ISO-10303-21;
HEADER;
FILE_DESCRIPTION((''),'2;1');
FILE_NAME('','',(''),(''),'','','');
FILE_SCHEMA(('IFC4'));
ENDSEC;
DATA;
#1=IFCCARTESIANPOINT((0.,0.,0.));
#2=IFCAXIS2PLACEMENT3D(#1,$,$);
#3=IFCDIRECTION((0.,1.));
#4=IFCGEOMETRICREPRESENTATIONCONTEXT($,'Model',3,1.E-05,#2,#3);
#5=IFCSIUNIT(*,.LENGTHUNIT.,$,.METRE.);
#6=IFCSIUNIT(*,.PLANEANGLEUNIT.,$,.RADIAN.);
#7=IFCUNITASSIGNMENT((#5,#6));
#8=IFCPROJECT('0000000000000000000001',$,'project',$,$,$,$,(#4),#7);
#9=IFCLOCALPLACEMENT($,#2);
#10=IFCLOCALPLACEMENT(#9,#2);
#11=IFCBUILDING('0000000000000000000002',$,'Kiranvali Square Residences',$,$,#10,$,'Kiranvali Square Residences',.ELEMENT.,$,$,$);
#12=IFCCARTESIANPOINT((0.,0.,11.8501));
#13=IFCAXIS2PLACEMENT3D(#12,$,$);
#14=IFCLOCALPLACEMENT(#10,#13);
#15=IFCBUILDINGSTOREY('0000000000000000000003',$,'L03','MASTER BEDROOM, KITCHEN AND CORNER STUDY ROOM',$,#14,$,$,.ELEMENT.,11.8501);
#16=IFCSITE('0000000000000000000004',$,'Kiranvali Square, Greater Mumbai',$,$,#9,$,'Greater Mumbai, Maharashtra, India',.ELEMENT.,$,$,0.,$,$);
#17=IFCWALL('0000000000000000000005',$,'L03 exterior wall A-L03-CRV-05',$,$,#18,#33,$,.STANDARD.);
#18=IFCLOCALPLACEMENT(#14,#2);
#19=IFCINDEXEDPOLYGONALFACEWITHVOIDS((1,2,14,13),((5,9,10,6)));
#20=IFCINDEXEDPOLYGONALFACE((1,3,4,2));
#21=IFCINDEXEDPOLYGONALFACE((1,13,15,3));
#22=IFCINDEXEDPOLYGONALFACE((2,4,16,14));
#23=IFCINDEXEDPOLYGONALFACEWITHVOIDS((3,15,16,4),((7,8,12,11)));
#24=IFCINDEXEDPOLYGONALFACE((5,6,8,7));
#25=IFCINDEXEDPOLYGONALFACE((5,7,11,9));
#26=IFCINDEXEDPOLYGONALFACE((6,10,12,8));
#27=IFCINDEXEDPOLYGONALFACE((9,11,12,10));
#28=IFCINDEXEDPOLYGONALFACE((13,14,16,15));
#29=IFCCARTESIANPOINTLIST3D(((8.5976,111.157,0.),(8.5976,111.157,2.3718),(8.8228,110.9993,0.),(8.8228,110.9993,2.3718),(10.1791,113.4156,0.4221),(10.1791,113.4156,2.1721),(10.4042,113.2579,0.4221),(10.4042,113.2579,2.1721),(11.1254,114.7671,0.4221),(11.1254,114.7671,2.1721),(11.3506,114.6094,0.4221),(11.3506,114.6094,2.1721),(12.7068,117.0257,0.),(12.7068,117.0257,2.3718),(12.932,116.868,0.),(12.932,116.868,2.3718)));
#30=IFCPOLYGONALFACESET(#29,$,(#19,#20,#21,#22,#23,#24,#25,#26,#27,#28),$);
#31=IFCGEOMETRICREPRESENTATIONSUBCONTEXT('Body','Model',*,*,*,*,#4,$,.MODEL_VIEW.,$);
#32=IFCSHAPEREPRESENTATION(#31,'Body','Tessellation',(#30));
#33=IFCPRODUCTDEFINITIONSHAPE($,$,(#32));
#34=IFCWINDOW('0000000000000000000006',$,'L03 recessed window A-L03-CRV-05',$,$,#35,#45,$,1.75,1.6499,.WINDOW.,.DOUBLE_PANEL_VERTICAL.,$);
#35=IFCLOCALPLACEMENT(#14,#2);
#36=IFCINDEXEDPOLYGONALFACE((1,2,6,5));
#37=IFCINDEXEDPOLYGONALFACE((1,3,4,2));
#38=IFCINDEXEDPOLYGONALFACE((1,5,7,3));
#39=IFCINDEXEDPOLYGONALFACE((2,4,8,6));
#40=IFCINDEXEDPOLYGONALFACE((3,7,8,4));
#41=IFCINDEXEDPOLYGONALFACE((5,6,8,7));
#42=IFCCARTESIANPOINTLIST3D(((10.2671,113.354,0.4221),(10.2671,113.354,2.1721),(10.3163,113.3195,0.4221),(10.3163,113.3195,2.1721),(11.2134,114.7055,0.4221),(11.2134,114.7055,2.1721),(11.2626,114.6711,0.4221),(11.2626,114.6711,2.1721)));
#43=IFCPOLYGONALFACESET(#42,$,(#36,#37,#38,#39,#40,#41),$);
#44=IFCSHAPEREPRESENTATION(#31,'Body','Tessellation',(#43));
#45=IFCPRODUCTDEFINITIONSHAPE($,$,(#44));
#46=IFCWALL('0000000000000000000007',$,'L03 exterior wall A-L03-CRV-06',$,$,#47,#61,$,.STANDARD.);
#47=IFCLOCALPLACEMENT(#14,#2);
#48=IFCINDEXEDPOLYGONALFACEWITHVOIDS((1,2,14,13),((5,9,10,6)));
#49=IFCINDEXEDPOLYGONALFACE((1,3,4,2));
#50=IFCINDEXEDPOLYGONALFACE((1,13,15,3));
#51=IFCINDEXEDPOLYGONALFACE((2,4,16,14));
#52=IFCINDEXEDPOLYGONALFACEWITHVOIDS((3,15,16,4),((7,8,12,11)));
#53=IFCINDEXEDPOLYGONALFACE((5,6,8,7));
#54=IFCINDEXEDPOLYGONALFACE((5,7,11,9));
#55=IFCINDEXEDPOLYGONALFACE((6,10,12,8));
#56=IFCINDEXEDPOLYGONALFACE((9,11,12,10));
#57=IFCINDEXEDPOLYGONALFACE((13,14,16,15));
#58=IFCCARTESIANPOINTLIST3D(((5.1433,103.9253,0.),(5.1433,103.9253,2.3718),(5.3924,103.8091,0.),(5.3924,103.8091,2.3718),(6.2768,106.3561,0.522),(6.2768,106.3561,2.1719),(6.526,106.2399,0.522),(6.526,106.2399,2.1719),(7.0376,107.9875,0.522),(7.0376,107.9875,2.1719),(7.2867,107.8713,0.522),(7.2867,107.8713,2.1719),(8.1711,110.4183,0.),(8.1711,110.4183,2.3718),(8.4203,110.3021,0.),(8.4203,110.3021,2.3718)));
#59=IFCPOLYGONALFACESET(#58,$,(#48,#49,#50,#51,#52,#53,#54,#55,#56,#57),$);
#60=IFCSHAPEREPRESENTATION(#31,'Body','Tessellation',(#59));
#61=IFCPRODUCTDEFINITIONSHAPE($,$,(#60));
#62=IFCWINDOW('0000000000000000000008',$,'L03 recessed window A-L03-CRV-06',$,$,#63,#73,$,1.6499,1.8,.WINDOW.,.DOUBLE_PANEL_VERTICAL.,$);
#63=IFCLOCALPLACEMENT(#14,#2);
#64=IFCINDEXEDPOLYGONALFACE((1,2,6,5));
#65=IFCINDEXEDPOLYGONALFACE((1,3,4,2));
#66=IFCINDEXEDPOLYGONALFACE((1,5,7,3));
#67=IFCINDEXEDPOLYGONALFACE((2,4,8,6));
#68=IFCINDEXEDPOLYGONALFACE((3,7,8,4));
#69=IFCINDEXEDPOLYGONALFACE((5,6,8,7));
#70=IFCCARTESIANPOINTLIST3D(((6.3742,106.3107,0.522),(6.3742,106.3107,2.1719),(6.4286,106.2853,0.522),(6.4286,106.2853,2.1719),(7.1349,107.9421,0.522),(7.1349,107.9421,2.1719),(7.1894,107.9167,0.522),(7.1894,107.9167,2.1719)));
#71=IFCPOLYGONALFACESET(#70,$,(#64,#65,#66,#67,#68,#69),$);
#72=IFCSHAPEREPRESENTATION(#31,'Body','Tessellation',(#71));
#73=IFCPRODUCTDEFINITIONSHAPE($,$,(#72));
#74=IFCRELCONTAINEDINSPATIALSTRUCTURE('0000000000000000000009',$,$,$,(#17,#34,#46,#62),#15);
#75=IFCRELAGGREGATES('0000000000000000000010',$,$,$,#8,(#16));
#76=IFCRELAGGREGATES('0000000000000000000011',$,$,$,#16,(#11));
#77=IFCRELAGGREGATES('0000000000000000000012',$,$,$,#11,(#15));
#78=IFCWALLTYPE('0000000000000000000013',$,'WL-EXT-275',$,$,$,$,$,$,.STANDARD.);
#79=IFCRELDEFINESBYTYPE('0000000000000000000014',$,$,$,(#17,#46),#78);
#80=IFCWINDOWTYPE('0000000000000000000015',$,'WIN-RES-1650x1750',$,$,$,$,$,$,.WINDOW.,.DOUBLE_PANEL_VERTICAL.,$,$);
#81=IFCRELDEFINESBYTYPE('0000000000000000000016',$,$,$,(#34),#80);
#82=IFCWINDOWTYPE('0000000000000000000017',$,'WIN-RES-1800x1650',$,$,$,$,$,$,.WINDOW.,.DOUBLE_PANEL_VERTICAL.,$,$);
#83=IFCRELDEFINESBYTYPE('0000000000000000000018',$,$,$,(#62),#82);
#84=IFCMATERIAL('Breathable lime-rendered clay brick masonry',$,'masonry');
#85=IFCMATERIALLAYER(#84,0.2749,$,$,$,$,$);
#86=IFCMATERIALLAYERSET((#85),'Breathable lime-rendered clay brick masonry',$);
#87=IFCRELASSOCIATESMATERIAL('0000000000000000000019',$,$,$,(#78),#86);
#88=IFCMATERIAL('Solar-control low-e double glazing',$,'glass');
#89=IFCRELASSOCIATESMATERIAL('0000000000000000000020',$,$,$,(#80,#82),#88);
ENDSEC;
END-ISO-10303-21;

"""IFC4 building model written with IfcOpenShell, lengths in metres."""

from ifc_helpers import new_model, si_unit, direction, frame, frame_2d, origin, place, context, subcontext, project, spatial, rectangle, extrude, material, layer, layer_set, type_object, element, fill, save


model = new_model("IFC4")

# Units and contexts
model_context = context("Model", 3, precision=1e-05, world=origin(), true_north=direction((0.0, 1.0)))
body_context = subcontext(model_context, "Body", "Model", "MODEL_VIEW")
ifc_project = project(units=[si_unit("LENGTHUNIT", "METRE"), si_unit("PLANEANGLEUNIT", "RADIAN")], contexts=[model_context])

# Site, building, storey
site_placement = place(None, origin())
site = spatial("IfcSite", under=ifc_project, at=site_placement, Name="Kiranvali Square, Greater Mumbai", LongName="Greater Mumbai, Maharashtra, India", CompositionType="ELEMENT", RefElevation=0.0)
building_placement = place(site_placement, origin())
building = spatial("IfcBuilding", under=site, at=building_placement, Name="Kiranvali Square Residences", LongName="Kiranvali Square Residences", CompositionType="ELEMENT")
storey_placement = place(building_placement, frame((0.0, 0.0, 11.8501)))
storey = spatial("IfcBuildingStorey", under=building, at=storey_placement, Name="L03", Description="MASTER BEDROOM, KITCHEN AND CORNER STUDY ROOM", CompositionType="ELEMENT", Elevation=11.8501)

# Shared definitions
ifc_material_1 = material(Name="Breathable lime-rendered clay brick masonry", Category="masonry")
ifc_layer = layer(ifc_material_1, 0.2749)
ifc_layer_set = layer_set([ifc_layer], Name="Breathable lime-rendered clay brick masonry")
wall_type = type_object("IfcWallType", Name="WL-EXT-275", PredefinedType="STANDARD", material=ifc_layer_set)
ifc_material_2 = material(Name="Solar-control low-e double glazing", Category="glass")

# Walls, openings, windows
wall_1_placement = place(storey_placement, frame((12.8193, 116.9468, 0.0), z_axis=(0.0, 0.0, 1.0), x_axis=(-0.573563, -0.819161, 0.0)))
wall_1 = element("IfcWall", 1, at=wall_1_placement, inside=storey, type_object=wall_type, Name="L03 exterior wall A-L03-CRV-05", PredefinedType="STANDARD", context=body_context, shape_type="SweptSolid", body=[
    extrude(rectangle(XDim=7.1643, YDim=0.2749, at=frame_2d((3.582, 0.0))), origin(), (0.0, 0.0, 1.0), 2.3718),
])
opening_1_placement = place(wall_1_placement, frame((2.7571, 0.0, 0.4221)))
opening_1 = element("IfcOpeningElement", 2, at=opening_1_placement, cuts=wall_1, PredefinedType="OPENING", context=body_context, shape_type="SweptSolid", body=[
    extrude(rectangle(XDim=1.6499, YDim=1.75, at=frame_2d((0.825, 0.875))), frame((0.0, 0.1475, 0.0), z_axis=(0.0, -1.0, 0.0), x_axis=(1.0, 0.0, 0.0)), (0.0, 0.0, 1.0), 0.2949),
])
window_type_1 = type_object("IfcWindowType", Name="WIN-RES-1650x1750", PartitioningType="DOUBLE_PANEL_VERTICAL", PredefinedType="WINDOW", material=ifc_material_2)
window_1_placement = place(opening_1_placement, origin())
window_1 = element("IfcWindow", 3, at=window_1_placement, inside=storey, type_object=window_type_1, Name="L03 recessed window A-L03-CRV-05", OverallHeight=1.75, OverallWidth=1.6499, PartitioningType="DOUBLE_PANEL_VERTICAL", PredefinedType="WINDOW", context=body_context, shape_type="SweptSolid", body=[
    extrude(rectangle(XDim=1.6499, YDim=1.75, at=frame_2d((0.825, 0.875))), frame((0.0, 0.03, 0.0), z_axis=(0.0, -1.0, 0.0), x_axis=(1.0, 0.0, 0.0)), (0.0, 0.0, 1.0), 0.0601),
])
fill(opening_1, window_1)
wall_2_placement = place(storey_placement, frame((8.2957, 110.3601, 0.0), z_axis=(0.0, 0.0, 1.0), x_axis=(-0.422634, -0.906301, 0.0)))
wall_2 = element("IfcWall", 4, at=wall_2_placement, inside=storey, type_object=wall_type, Name="L03 exterior wall A-L03-CRV-06", PredefinedType="STANDARD", context=body_context, shape_type="SweptSolid", body=[
    extrude(rectangle(XDim=7.1643, YDim=0.2749, at=frame_2d((3.582, 0.0))), origin(), (0.0, 0.0, 1.0), 2.3718),
])
opening_2_placement = place(wall_2_placement, frame((2.6821, 0.0, 0.522)))
opening_2 = element("IfcOpeningElement", 5, at=opening_2_placement, cuts=wall_2, PredefinedType="OPENING", context=body_context, shape_type="SweptSolid", body=[
    extrude(rectangle(XDim=1.8, YDim=1.6499, at=frame_2d((0.8999, 0.825))), frame((0.0, 0.1475, 0.0), z_axis=(0.0, -1.0, 0.0), x_axis=(1.0, 0.0, 0.0)), (0.0, 0.0, 1.0), 0.2949),
])
window_type_2 = type_object("IfcWindowType", Name="WIN-RES-1800x1650", PartitioningType="DOUBLE_PANEL_VERTICAL", PredefinedType="WINDOW", material=ifc_material_2)
window_2_placement = place(opening_2_placement, origin())
window_2 = element("IfcWindow", 6, at=window_2_placement, inside=storey, type_object=window_type_2, Name="L03 recessed window A-L03-CRV-06", OverallHeight=1.6499, OverallWidth=1.8, PartitioningType="DOUBLE_PANEL_VERTICAL", PredefinedType="WINDOW", context=body_context, shape_type="SweptSolid", body=[
    extrude(rectangle(XDim=1.8, YDim=1.6499, at=frame_2d((0.8999, 0.825))), frame((0.0, 0.03, 0.0), z_axis=(0.0, -1.0, 0.0), x_axis=(1.0, 0.0, 0.0)), (0.0, 0.0, 1.0), 0.0601),
])
fill(opening_2, window_2)

save(model, "model.ifc")
